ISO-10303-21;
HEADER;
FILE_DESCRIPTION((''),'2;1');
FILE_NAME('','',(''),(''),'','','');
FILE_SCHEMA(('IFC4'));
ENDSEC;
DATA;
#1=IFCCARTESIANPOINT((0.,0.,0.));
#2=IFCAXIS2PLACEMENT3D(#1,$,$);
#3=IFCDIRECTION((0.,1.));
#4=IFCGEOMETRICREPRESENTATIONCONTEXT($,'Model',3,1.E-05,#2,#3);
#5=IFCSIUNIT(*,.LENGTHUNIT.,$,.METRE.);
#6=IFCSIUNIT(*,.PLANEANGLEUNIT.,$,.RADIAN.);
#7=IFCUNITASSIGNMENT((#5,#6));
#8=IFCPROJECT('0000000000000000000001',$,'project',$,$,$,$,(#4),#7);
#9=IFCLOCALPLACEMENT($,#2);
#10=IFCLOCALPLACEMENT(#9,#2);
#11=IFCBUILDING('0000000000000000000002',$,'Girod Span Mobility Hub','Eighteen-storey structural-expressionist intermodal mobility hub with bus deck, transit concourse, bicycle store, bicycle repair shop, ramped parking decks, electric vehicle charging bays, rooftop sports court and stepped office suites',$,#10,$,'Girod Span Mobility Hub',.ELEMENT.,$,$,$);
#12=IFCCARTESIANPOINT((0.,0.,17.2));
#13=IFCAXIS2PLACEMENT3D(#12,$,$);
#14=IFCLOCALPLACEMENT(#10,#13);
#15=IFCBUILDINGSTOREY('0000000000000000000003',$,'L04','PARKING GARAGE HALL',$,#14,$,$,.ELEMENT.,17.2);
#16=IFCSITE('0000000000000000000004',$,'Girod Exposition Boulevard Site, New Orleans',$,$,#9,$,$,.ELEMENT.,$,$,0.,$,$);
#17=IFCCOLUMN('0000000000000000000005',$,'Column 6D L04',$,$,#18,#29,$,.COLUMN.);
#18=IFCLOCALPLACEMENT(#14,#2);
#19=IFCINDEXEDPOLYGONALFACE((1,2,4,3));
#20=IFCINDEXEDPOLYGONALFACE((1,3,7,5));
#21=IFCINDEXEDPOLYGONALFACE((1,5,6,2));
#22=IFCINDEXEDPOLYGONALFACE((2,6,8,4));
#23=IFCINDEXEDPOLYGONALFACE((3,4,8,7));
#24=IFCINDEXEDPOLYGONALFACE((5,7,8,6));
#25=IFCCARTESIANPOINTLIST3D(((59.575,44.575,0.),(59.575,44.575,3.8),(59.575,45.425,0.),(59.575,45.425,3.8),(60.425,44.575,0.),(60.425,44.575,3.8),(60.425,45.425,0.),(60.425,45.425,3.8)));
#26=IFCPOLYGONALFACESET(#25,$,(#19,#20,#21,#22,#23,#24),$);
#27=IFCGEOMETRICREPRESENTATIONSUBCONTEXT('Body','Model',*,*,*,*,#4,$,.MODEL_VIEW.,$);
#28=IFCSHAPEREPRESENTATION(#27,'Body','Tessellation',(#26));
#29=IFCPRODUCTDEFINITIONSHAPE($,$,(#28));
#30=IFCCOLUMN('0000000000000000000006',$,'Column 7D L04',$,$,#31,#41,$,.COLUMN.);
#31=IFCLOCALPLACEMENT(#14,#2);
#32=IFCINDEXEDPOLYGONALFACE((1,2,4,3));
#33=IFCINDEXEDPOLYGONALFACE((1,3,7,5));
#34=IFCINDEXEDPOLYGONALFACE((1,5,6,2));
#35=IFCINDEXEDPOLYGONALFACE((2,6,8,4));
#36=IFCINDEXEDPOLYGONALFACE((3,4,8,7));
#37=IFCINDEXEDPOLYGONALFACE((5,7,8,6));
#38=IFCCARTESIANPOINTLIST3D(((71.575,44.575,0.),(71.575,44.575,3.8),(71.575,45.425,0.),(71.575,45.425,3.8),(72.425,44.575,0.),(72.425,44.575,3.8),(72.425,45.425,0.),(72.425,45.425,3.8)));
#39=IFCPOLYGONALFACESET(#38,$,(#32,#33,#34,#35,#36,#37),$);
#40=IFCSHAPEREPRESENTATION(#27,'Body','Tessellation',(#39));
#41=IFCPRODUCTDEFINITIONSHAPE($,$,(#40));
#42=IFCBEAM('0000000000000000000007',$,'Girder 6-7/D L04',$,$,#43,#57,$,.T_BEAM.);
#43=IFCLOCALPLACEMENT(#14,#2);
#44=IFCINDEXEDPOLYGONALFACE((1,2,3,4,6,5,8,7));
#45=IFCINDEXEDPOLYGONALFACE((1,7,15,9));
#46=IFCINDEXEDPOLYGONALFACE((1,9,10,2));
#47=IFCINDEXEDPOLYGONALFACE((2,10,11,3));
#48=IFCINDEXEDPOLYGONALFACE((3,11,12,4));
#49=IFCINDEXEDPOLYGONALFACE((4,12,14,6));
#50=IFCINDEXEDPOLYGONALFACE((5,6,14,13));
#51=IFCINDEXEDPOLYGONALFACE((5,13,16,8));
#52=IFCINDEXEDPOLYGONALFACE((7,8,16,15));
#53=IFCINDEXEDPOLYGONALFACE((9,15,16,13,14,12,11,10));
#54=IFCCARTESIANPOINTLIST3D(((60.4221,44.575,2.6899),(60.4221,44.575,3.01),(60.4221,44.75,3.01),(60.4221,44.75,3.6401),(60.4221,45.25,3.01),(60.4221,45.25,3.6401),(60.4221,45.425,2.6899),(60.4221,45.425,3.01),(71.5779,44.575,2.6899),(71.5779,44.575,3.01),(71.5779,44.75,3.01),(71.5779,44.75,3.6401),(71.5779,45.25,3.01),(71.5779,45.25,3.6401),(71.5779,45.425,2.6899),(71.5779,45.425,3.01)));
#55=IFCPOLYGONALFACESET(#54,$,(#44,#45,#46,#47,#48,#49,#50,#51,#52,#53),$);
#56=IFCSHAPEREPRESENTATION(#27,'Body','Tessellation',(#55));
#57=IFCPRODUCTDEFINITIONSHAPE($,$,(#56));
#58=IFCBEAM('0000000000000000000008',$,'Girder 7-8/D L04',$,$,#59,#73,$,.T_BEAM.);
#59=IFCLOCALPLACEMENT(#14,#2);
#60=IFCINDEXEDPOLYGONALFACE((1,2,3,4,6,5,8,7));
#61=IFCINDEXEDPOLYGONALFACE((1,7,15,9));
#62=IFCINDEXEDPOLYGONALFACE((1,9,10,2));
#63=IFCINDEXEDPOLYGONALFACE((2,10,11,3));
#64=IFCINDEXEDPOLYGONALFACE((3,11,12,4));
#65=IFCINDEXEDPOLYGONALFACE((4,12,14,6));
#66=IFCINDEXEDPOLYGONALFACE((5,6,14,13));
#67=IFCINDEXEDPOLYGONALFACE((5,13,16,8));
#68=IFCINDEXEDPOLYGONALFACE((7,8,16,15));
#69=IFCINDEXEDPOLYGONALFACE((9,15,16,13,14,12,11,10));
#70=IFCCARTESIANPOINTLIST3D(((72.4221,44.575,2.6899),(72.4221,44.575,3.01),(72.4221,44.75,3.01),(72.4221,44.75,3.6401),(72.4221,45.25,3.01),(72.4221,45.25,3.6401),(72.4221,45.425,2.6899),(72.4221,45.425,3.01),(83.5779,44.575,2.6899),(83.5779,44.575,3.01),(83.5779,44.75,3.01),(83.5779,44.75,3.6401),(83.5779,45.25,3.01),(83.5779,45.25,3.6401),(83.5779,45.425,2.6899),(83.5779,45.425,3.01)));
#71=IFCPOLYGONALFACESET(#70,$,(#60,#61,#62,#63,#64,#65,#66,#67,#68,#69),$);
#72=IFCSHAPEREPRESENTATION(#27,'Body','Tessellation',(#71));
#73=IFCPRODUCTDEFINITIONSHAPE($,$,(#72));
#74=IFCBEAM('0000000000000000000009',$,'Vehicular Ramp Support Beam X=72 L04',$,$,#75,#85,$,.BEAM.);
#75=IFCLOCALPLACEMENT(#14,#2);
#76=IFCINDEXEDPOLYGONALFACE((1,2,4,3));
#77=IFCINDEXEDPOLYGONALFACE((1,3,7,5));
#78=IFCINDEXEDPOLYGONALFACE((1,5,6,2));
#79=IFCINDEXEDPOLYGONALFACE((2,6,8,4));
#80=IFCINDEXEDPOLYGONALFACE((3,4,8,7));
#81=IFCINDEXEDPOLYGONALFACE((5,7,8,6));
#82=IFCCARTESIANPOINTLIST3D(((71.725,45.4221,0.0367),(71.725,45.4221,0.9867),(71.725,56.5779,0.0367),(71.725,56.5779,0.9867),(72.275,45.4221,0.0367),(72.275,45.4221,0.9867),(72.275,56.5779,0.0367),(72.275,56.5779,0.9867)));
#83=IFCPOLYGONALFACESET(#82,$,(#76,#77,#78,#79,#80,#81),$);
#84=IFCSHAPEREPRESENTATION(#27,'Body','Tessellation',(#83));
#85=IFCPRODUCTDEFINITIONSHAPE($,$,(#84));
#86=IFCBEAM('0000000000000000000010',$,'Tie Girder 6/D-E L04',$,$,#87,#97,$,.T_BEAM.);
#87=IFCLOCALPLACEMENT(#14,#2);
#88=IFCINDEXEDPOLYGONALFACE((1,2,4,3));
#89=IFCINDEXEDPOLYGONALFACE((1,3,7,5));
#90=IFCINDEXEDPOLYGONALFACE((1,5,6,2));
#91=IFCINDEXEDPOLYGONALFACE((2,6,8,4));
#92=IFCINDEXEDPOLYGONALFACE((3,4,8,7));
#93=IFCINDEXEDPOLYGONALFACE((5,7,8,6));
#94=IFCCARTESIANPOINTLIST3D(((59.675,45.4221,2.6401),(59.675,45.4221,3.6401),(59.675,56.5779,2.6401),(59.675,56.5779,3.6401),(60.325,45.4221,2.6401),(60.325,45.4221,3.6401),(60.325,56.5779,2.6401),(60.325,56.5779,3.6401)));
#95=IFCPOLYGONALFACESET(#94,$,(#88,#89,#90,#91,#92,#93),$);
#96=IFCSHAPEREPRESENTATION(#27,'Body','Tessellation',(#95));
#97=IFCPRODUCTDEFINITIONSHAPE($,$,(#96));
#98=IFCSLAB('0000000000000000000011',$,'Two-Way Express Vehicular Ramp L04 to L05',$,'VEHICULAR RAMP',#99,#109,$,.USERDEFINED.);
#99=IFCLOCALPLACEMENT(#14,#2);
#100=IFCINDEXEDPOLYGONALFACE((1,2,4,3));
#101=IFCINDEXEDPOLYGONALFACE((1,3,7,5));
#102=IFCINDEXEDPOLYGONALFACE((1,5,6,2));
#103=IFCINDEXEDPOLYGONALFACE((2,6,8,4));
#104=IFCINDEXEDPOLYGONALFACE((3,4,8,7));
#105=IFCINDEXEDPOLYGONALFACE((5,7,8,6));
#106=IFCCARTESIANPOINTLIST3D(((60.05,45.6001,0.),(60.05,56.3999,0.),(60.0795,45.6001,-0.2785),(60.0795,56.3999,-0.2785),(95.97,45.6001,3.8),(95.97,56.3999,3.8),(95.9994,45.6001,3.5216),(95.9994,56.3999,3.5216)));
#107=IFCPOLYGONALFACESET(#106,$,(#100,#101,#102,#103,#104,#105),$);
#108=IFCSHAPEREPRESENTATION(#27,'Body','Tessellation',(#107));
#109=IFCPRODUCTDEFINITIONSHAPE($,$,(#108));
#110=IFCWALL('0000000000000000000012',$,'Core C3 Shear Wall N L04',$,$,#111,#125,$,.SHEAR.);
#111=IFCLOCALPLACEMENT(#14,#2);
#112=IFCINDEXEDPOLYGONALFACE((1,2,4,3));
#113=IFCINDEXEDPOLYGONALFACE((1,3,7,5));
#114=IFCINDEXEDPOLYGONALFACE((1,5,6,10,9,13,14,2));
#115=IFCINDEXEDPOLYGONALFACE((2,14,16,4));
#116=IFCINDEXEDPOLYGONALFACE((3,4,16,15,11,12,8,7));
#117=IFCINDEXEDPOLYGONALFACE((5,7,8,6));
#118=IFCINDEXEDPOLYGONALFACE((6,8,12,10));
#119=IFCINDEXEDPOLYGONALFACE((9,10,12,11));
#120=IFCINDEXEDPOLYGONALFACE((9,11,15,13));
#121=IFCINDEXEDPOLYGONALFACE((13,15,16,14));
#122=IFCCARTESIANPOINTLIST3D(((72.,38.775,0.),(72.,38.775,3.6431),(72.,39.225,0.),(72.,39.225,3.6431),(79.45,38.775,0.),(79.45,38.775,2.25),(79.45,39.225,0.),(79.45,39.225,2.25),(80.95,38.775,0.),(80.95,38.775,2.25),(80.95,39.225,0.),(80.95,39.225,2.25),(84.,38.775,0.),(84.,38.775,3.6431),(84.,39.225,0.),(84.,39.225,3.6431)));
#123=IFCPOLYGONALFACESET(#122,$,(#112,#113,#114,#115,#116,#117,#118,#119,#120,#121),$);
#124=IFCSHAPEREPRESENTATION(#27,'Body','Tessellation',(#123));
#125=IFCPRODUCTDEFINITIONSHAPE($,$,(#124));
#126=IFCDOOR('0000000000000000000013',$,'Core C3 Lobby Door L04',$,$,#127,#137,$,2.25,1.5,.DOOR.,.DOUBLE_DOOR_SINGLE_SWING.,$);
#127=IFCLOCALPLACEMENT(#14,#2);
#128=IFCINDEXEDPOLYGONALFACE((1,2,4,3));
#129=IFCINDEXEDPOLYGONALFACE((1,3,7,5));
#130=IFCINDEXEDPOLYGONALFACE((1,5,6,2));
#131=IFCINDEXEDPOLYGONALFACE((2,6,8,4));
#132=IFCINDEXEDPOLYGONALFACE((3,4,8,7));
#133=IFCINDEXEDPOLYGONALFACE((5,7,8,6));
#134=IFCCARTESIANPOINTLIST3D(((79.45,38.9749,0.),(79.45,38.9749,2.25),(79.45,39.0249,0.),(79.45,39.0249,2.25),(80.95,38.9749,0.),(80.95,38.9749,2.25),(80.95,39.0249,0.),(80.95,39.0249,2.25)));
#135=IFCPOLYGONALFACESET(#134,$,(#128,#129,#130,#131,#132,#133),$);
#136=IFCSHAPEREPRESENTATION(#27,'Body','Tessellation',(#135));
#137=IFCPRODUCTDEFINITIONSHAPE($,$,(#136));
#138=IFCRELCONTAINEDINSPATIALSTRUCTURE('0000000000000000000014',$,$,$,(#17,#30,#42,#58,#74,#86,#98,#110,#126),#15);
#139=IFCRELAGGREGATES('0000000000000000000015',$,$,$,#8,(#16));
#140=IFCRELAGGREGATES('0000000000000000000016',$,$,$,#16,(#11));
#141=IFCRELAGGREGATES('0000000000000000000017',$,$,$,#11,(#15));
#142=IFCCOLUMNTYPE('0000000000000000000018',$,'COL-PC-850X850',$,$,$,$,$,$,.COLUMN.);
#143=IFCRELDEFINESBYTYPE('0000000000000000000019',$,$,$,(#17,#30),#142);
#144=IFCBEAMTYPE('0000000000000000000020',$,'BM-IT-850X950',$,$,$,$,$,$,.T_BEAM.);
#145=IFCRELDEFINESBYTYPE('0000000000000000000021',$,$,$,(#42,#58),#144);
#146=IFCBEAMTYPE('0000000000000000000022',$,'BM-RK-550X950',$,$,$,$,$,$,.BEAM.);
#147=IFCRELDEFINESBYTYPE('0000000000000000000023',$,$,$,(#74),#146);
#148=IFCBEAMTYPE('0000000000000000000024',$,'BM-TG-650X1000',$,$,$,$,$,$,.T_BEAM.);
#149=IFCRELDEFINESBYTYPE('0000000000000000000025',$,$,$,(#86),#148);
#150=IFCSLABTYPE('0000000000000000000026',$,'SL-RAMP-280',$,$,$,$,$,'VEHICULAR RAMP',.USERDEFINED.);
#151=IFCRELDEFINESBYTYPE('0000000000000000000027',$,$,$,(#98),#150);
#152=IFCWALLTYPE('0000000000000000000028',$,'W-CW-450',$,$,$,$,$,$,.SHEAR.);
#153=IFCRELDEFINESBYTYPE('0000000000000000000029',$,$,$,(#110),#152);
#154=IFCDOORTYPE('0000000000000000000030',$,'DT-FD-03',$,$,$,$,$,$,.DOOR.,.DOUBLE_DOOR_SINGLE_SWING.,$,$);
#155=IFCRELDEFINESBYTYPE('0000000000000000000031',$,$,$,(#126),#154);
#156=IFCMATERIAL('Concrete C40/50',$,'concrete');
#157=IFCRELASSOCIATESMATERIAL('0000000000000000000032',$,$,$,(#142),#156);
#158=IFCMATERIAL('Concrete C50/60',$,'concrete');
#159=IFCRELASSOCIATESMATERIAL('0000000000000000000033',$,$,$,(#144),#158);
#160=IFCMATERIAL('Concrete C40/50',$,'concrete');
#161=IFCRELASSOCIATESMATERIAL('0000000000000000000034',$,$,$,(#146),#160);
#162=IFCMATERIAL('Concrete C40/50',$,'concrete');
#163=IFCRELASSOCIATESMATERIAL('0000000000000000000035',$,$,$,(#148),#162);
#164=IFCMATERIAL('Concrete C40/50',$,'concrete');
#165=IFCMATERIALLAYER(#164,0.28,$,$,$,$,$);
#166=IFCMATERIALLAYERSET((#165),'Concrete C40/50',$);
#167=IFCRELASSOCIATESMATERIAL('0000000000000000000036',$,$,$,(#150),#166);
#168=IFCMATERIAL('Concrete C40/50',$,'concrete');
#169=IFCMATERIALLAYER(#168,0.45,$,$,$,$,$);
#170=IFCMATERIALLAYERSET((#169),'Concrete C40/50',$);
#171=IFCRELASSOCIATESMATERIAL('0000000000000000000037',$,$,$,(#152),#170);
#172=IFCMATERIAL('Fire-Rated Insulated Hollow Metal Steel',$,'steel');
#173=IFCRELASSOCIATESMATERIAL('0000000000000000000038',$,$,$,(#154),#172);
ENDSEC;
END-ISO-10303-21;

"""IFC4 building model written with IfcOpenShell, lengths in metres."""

from ifc_helpers import new_model, si_unit, direction, frame, frame_2d, origin, origin_2d, place, context, subcontext, project, spatial, polyline, rectangle, outline, extrude, material, layer, layer_set, material_profile, profile_set, type_object, element, fill, save


model = new_model("IFC4")

# Units and contexts
model_context = context("Model", 3, precision=1e-05, world=origin(), true_north=direction((0.0, 1.0)))
body_context = subcontext(model_context, "Body", "Model", "MODEL_VIEW")
ifc_project = project(units=[si_unit("LENGTHUNIT", "METRE"), si_unit("PLANEANGLEUNIT", "RADIAN")], contexts=[model_context])

# Site, building, storey
site_placement = place(None, origin())
site = spatial("IfcSite", under=ifc_project, at=site_placement, Name="Girod Exposition Boulevard Site, New Orleans", CompositionType="ELEMENT", RefElevation=0.0)
building_placement = place(site_placement, origin())
building = spatial("IfcBuilding", under=site, at=building_placement, Name="Girod Span Mobility Hub", Description="Eighteen-storey structural-expressionist intermodal mobility hub with bus deck, transit concourse, bicycle store, bicycle repair shop, ramped parking decks, electric vehicle charging bays, rooftop sports court and stepped office suites", LongName="Girod Span Mobility Hub", CompositionType="ELEMENT")
storey_placement = place(building_placement, frame((0.0, 0.0, 17.2)))
storey = spatial("IfcBuildingStorey", under=building, at=storey_placement, Name="L04", Description="PARKING GARAGE HALL", CompositionType="ELEMENT", Elevation=17.2)

# Columns
ifc_material_1 = material(Name="Concrete C40/50", Category="concrete")
ifc_material_profile_1 = material_profile(ifc_material_1, rectangle(XDim=0.8501, YDim=0.8501, at=origin_2d()), Name="PC-COL-850X850")
ifc_profile_set_1 = profile_set([ifc_material_profile_1], Name="Concrete C40/50")
column_type = type_object("IfcColumnType", Name="COL-PC-850X850", PredefinedType="COLUMN", material=ifc_profile_set_1)
for number, where, z_axis, x_axis, name in (
    (1, (60.0, 45.0, 0.0), (0.0, 0.0, 1.0), (1.0, 0.0, 0.0), "Column 6D L04"),
    (2, (72.0, 45.0, 0.0), (0.0, 0.0, 1.0), (1.0, 0.0, 0.0), "Column 7D L04"),
):
    element("IfcColumn", number, at=place(storey_placement, frame(where, z_axis=z_axis, x_axis=x_axis)), inside=storey, type_object=column_type, Name=name, PredefinedType="COLUMN", context=body_context, shape_type="SweptSolid", body=[
        extrude(rectangle(XDim=0.8501, YDim=0.8501, at=origin_2d()), origin(), (0.0, 0.0, 1.0), 3.8),
    ])

# Beams
ifc_material_2 = material(Name="Concrete C50/60", Category="concrete")
ifc_material_profile_2 = material_profile(ifc_material_2, outline(polyline([(-0.425, -0.4751), (0.425, -0.4751), (0.425, -0.155), (0.25, -0.155), (0.25, 0.4751), (-0.25, 0.4751), (-0.25, -0.155), (-0.425, -0.155), (-0.425, -0.4751)])), Name="IT-850X950")
ifc_profile_set_2 = profile_set([ifc_material_profile_2], Name="Concrete C50/60")
beam_type_1 = type_object("IfcBeamType", Name="BM-IT-850X950", PredefinedType="T_BEAM", material=ifc_profile_set_2)
for number, where, z_axis, x_axis, name in (
    (3, (60.4221, 45.0, 3.165), (1.0, 0.0, 0.0), (0.0, 1.0, 0.0), "Girder 6-7/D L04"),
    (4, (72.4221, 45.0, 3.165), (1.0, 0.0, 0.0), (0.0, 1.0, 0.0), "Girder 7-8/D L04"),
):
    element("IfcBeam", number, at=place(storey_placement, frame(where, z_axis=z_axis, x_axis=x_axis)), inside=storey, type_object=beam_type_1, Name=name, PredefinedType="T_BEAM", context=body_context, shape_type="SweptSolid", body=[
        extrude(outline(polyline([(-0.425, -0.4751), (0.425, -0.4751), (0.425, -0.155), (0.25, -0.155), (0.25, 0.4751), (-0.25, 0.4751), (-0.25, -0.155), (-0.425, -0.155), (-0.425, -0.4751)])), origin(), (0.0, 0.0, 1.0), 11.1558),
    ])
ifc_material_3 = material(Name="Concrete C40/50", Category="concrete")
ifc_material_profile_3 = material_profile(ifc_material_3, rectangle(XDim=0.55, YDim=0.95, at=origin_2d()), Name="RK-550X950")
ifc_profile_set_3 = profile_set([ifc_material_profile_3], Name="Concrete C40/50")
beam_type_2 = type_object("IfcBeamType", Name="BM-RK-550X950", PredefinedType="BEAM", material=ifc_profile_set_3)
beam_1_placement = place(storey_placement, frame((72.0, 45.4221, 0.5117), z_axis=(0.0, 1.0, 0.0), x_axis=(-1.0, 0.0, 0.0)))
element("IfcBeam", 5, at=beam_1_placement, inside=storey, type_object=beam_type_2, Name="Vehicular Ramp Support Beam X=72 L04", PredefinedType="BEAM", context=body_context, shape_type="SweptSolid", body=[
    extrude(rectangle(XDim=0.55, YDim=0.95, at=origin_2d()), origin(), (0.0, 0.0, 1.0), 11.1558),
])
ifc_material_4 = material(Name="Concrete C40/50", Category="concrete")
ifc_material_profile_4 = material_profile(ifc_material_4, rectangle(XDim=0.6499, YDim=1.0, at=origin_2d()), Name="TG-650X1000")
ifc_profile_set_4 = profile_set([ifc_material_profile_4], Name="Concrete C40/50")
beam_type_3 = type_object("IfcBeamType", Name="BM-TG-650X1000", PredefinedType="T_BEAM", material=ifc_profile_set_4)
beam_2_placement = place(storey_placement, frame((60.0, 45.4221, 3.1401), z_axis=(0.0, 1.0, 0.0), x_axis=(-1.0, 0.0, 0.0)))
element("IfcBeam", 6, at=beam_2_placement, inside=storey, type_object=beam_type_3, Name="Tie Girder 6/D-E L04", PredefinedType="T_BEAM", context=body_context, shape_type="SweptSolid", body=[
    extrude(rectangle(XDim=0.6499, YDim=1.0, at=origin_2d()), origin(), (0.0, 0.0, 1.0), 11.1558),
])

# Slab
ifc_material_5 = material(Name="Concrete C40/50", Category="concrete")
ifc_layer_1 = layer(ifc_material_5, 0.28)
ifc_layer_set_1 = layer_set([ifc_layer_1], Name="Concrete C40/50")
slab_type = type_object("IfcSlabType", Name="SL-RAMP-280", ElementType="VEHICULAR RAMP", PredefinedType="USERDEFINED", material=ifc_layer_set_1)
slab_placement = place(storey_placement, frame((60.05, 45.6001, 0.0), z_axis=(-0.105205, 0.0, 0.994451), x_axis=(0.994451, 0.0, 0.105205)))
element("IfcSlab", 7, at=slab_placement, inside=storey, type_object=slab_type, Name="Two-Way Express Vehicular Ramp L04 to L05", ObjectType="VEHICULAR RAMP", PredefinedType="USERDEFINED", context=body_context, shape_type="SweptSolid", body=[
    extrude(outline(polyline([(0.0, 0.0), (36.1204, 0.0), (36.1204, 10.7998), (0.0, 10.7998), (0.0, 0.0)])), origin(), (0.0, 0.0, -1.0), 0.28),
])

# Wall, opening, door
ifc_material_6 = material(Name="Concrete C40/50", Category="concrete")
ifc_layer_2 = layer(ifc_material_6, 0.45)
ifc_layer_set_2 = layer_set([ifc_layer_2], Name="Concrete C40/50")
wall_type_1 = type_object("IfcWallType", Name="W-CW-450", PredefinedType="SHEAR", material=ifc_layer_set_2)
wall_1_placement = place(storey_placement, frame((72.0, 39.0, 0.0), z_axis=(0.0, 0.0, 1.0), x_axis=(1.0, 0.0, 0.0)))
wall_1 = element("IfcWall", 8, at=wall_1_placement, inside=storey, type_object=wall_type_1, Name="Core C3 Shear Wall N L04", PredefinedType="SHEAR", context=body_context, shape_type="SweptSolid", body=[
    extrude(rectangle(XDim=12.0, YDim=0.45, at=frame_2d((6.0, 0.0))), origin(), (0.0, 0.0, 1.0), 3.6431),
])
opening_1_placement = place(wall_1_placement, frame((7.45, 0.0, 0.0)))
opening_1 = element("IfcOpeningElement", 9, at=opening_1_placement, cuts=wall_1, PredefinedType="OPENING", context=body_context, shape_type="SweptSolid", body=[
    extrude(rectangle(XDim=1.5, YDim=2.25, at=frame_2d((0.75, 1.125))), frame((0.0, 0.24, 0.0), z_axis=(0.0, -1.0, 0.0), x_axis=(1.0, 0.0, 0.0)), (0.0, 0.0, 1.0), 0.48),
])
ifc_material_7 = material(Name="Fire-Rated Insulated Hollow Metal Steel", Category="steel")
door_type_1 = type_object("IfcDoorType", Name="DT-FD-03", OperationType="DOUBLE_DOOR_SINGLE_SWING", PredefinedType="DOOR", material=ifc_material_7)
door_1_placement = place(opening_1_placement, origin())
door_1 = element("IfcDoor", 10, at=door_1_placement, inside=storey, type_object=door_type_1, Name="Core C3 Lobby Door L04", OperationType="DOUBLE_DOOR_SINGLE_SWING", OverallHeight=2.25, OverallWidth=1.5, PredefinedType="DOOR", context=body_context, shape_type="SweptSolid", body=[
    extrude(rectangle(XDim=1.5, YDim=2.25, at=frame_2d((0.75, 1.125))), frame((0.0, 0.0249, 0.0), z_axis=(0.0, -1.0, 0.0), x_axis=(1.0, 0.0, 0.0)), (0.0, 0.0, 1.0), 0.05),
])
fill(opening_1, door_1)

save(model, "model.ifc")
